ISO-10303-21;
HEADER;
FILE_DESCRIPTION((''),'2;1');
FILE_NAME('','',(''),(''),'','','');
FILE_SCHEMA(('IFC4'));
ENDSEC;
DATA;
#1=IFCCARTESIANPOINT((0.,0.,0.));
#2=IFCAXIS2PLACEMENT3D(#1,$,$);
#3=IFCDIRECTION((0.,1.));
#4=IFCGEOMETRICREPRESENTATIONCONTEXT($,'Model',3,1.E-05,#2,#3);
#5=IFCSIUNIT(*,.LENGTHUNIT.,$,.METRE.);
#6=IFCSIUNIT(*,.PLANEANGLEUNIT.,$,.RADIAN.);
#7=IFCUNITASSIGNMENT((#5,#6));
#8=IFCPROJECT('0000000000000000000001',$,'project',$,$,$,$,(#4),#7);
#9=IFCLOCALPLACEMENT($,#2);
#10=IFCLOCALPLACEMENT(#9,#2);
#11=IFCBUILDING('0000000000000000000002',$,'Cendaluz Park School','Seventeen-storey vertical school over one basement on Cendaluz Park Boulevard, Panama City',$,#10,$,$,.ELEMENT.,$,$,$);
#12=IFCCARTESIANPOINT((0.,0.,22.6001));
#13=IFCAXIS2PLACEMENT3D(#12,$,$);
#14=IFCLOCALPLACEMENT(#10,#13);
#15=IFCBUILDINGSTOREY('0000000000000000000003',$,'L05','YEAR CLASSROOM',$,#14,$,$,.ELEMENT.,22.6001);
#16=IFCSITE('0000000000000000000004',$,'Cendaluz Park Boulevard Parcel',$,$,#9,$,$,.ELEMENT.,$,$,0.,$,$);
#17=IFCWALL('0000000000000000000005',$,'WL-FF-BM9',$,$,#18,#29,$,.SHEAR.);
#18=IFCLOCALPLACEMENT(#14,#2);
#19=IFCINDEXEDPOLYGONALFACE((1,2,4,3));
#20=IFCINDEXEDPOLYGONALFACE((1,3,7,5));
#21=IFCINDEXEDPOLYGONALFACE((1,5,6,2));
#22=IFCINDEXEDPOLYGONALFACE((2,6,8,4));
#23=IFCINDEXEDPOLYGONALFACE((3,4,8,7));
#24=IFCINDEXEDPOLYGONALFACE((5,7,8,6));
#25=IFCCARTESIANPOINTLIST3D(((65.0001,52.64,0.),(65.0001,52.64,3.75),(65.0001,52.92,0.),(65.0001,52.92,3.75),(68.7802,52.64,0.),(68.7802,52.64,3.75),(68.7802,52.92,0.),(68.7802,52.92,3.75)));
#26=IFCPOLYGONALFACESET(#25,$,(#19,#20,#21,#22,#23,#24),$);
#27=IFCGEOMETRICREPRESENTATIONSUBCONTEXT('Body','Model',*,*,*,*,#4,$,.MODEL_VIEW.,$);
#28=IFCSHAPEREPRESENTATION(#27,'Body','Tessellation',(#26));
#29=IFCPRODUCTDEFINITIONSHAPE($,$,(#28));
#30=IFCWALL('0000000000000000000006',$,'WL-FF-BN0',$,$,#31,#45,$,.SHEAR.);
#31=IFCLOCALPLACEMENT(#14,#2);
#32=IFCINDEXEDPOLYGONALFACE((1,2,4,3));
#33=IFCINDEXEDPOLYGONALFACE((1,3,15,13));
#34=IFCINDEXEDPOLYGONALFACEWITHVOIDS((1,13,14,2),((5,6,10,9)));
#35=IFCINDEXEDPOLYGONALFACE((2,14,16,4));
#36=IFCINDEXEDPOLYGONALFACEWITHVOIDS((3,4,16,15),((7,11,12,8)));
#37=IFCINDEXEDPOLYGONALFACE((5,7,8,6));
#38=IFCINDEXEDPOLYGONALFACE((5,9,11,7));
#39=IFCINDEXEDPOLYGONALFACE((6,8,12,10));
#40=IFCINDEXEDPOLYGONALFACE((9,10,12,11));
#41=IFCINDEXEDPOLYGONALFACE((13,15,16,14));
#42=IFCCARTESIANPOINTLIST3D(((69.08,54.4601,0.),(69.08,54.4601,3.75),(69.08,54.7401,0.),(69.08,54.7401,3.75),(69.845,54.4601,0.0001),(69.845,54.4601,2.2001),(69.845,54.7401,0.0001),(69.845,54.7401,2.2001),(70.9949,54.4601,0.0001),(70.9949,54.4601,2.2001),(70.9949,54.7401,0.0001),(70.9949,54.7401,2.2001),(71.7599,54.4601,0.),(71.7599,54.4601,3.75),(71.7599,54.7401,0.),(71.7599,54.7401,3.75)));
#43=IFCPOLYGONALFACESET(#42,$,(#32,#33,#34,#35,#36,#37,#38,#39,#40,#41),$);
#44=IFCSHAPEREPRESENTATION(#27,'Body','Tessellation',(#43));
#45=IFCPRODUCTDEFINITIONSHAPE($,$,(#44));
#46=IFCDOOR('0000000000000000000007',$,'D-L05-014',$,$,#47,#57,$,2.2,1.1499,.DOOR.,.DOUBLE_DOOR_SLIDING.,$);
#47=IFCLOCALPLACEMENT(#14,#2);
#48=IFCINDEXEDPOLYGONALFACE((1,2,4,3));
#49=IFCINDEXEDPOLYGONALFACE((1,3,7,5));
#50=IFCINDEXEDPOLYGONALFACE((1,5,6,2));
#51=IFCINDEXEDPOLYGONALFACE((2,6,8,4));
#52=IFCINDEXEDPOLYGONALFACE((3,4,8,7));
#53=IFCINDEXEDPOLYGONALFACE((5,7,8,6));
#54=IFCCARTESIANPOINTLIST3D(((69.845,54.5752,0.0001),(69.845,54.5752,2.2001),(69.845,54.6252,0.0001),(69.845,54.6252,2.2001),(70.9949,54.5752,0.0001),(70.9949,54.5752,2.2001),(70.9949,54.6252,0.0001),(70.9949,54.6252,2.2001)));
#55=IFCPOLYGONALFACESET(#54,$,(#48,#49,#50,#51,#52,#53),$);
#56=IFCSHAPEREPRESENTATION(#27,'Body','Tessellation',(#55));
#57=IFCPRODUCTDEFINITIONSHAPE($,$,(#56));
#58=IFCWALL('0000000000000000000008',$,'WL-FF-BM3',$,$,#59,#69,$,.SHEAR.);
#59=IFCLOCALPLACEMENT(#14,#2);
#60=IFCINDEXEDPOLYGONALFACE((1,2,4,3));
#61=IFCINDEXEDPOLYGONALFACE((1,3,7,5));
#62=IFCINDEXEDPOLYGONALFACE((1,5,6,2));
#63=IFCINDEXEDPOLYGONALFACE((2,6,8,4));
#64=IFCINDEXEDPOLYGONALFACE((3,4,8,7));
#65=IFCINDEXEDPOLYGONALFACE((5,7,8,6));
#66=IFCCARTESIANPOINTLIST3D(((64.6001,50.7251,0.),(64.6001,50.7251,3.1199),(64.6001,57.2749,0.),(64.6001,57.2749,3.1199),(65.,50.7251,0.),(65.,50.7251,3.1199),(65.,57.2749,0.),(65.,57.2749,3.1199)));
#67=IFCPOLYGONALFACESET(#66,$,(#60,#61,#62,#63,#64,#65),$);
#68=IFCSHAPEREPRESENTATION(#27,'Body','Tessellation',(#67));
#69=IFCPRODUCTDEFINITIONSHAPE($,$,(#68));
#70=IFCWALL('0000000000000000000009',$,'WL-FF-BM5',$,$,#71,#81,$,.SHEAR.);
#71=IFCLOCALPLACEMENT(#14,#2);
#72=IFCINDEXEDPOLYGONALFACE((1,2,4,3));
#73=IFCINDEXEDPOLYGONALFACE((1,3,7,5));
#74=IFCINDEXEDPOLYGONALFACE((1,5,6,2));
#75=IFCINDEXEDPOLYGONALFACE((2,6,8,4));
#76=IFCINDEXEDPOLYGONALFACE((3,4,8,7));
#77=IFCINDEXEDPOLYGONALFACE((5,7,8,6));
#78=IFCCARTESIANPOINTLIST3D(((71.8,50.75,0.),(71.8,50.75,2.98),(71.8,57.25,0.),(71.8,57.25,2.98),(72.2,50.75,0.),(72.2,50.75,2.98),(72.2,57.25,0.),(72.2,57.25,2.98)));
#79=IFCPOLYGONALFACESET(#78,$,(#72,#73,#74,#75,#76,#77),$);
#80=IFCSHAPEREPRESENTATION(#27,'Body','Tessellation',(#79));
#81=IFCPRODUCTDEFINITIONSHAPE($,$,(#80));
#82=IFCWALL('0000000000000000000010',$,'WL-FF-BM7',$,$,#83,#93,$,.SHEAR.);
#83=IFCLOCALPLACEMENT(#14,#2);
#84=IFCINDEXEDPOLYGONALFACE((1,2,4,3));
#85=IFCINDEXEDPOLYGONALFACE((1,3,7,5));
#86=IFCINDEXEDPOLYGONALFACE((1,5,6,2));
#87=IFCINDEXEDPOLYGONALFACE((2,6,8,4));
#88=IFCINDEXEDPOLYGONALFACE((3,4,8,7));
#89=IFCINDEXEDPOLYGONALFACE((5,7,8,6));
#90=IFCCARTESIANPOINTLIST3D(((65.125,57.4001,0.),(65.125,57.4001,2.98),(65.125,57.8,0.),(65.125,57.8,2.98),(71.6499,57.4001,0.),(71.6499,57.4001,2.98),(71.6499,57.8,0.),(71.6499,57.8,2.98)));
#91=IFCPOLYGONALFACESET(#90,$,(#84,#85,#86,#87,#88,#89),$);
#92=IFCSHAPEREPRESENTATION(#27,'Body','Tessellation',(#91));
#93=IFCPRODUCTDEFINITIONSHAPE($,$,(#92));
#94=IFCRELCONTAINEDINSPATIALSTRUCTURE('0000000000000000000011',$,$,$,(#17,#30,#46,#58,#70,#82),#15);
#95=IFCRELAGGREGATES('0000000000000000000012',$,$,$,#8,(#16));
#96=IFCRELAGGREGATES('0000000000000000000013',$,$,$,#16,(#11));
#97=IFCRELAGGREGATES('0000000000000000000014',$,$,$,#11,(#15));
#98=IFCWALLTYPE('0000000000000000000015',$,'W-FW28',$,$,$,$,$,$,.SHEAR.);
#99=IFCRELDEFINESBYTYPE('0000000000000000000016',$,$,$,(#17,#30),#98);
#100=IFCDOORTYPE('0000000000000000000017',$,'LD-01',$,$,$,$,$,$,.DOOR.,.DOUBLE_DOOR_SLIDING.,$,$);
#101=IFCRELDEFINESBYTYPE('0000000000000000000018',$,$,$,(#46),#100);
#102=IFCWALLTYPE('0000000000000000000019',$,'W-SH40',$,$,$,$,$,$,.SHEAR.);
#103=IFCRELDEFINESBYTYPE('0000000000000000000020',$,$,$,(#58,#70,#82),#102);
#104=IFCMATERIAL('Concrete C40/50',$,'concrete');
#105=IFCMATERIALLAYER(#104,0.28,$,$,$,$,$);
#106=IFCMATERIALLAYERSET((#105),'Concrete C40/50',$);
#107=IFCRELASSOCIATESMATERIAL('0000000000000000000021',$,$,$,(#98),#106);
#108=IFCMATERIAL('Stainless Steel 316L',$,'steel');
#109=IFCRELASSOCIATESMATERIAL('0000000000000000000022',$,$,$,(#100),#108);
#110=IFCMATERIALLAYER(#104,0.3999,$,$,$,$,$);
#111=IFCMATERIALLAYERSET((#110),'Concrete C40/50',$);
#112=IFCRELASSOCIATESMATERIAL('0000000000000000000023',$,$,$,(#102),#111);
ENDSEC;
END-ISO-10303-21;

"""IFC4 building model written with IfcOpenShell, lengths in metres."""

from ifc_helpers import new_model, si_unit, direction, frame, frame_2d, origin, place, context, subcontext, project, spatial, rectangle, extrude, material, layer, layer_set, type_object, element, fill, save


model = new_model("IFC4")

# Units and contexts
model_context = context("Model", 3, precision=1e-05, world=origin(), true_north=direction((0.0, 1.0)))
body_context = subcontext(model_context, "Body", "Model", "MODEL_VIEW")
ifc_project = project(units=[si_unit("LENGTHUNIT", "METRE"), si_unit("PLANEANGLEUNIT", "RADIAN")], contexts=[model_context])

# Site, building, storey
site_placement = place(None, origin())
site = spatial("IfcSite", under=ifc_project, at=site_placement, Name="Cendaluz Park Boulevard Parcel", CompositionType="ELEMENT", RefElevation=0.0)
building_placement = place(site_placement, origin())
building = spatial("IfcBuilding", under=site, at=building_placement, Name="Cendaluz Park School", Description="Seventeen-storey vertical school over one basement on Cendaluz Park Boulevard, Panama City", CompositionType="ELEMENT")
storey_placement = place(building_placement, frame((0.0, 0.0, 22.6001)))
storey = spatial("IfcBuildingStorey", under=building, at=storey_placement, Name="L05", Description="YEAR CLASSROOM", CompositionType="ELEMENT", Elevation=22.6001)

# Shared definitions
ifc_material_1 = material(Name="Concrete C40/50", Category="concrete")

# Wall
ifc_layer_1 = layer(ifc_material_1, 0.28)
ifc_layer_set_1 = layer_set([ifc_layer_1], Name="Concrete C40/50")
wall_type_1 = type_object("IfcWallType", Name="W-FW28", PredefinedType="SHEAR", material=ifc_layer_set_1)
wall_1_placement = place(storey_placement, frame((65.0, 52.78, 0.0), z_axis=(0.0, 0.0, 1.0), x_axis=(1.0, 0.0, 0.0)))
element("IfcWall", 1, at=wall_1_placement, inside=storey, type_object=wall_type_1, Name="WL-FF-BM9", PredefinedType="SHEAR", context=body_context, shape_type="SweptSolid", body=[
    extrude(rectangle(XDim=3.78, YDim=0.28, at=frame_2d((1.8901, 0.0))), origin(), (0.0, 0.0, 1.0), 3.75),
])

# Wall, opening, door
wall_2_placement = place(storey_placement, frame((69.0801, 54.6001, 0.0), z_axis=(0.0, 0.0, 1.0), x_axis=(1.0, 0.0, 0.0)))
wall_2 = element("IfcWall", 2, at=wall_2_placement, inside=storey, type_object=wall_type_1, Name="WL-FF-BN0", PredefinedType="SHEAR", context=body_context, shape_type="SweptSolid", body=[
    extrude(rectangle(XDim=2.6799, YDim=0.28, at=frame_2d((1.3398, 0.0))), origin(), (0.0, 0.0, 1.0), 3.75),
])
opening_1_placement = place(wall_2_placement, frame((0.7649, 0.0, 0.0)))
opening_1 = element("IfcOpeningElement", 3, at=opening_1_placement, cuts=wall_2, PredefinedType="OPENING", context=body_context, shape_type="SweptSolid", body=[
    extrude(rectangle(XDim=1.1499, YDim=2.2, at=frame_2d((0.575, 1.1001))), frame((0.0, 0.1521, 0.0), z_axis=(0.0, -1.0, 0.0), x_axis=(1.0, 0.0, 0.0)), (0.0, 0.0, 1.0), 0.304),
])
ifc_material_2 = material(Name="Stainless Steel 316L", Category="steel")
door_type_1 = type_object("IfcDoorType", Name="LD-01", OperationType="DOUBLE_DOOR_SLIDING", PredefinedType="DOOR", material=ifc_material_2)
door_1_placement = place(opening_1_placement, frame((1.1499, 0.0, 0.0), z_axis=(0.0, 0.0, 1.0), x_axis=(-1.0, 0.0, 0.0)))
door_1 = element("IfcDoor", 4, at=door_1_placement, inside=storey, type_object=door_type_1, Name="D-L05-014", OperationType="DOUBLE_DOOR_SLIDING", OverallHeight=2.2, OverallWidth=1.1499, PredefinedType="DOOR", context=body_context, shape_type="SweptSolid", body=[
    extrude(rectangle(XDim=1.1499, YDim=2.2, at=frame_2d((0.575, 1.1001))), frame((0.0, 0.0249, 0.0), z_axis=(0.0, -1.0, 0.0), x_axis=(1.0, 0.0, 0.0)), (0.0, 0.0, 1.0), 0.05),
])
fill(opening_1, door_1)

# Walls
ifc_layer_2 = layer(ifc_material_1, 0.3999)
ifc_layer_set_2 = layer_set([ifc_layer_2], Name="Concrete C40/50")
wall_type_2 = type_object("IfcWallType", Name="W-SH40", PredefinedType="SHEAR", material=ifc_layer_set_2)
wall_3_placement = place(storey_placement, frame((64.8, 50.7251, 0.0), z_axis=(0.0, 0.0, 1.0), x_axis=(0.0, 1.0, 0.0)))
element("IfcWall", 5, at=wall_3_placement, inside=storey, type_object=wall_type_2, Name="WL-FF-BM3", PredefinedType="SHEAR", context=body_context, shape_type="SweptSolid", body=[
    extrude(rectangle(XDim=6.5498, YDim=0.3999, at=frame_2d((3.2749, 0.0))), origin(), (0.0, 0.0, 1.0), 3.1199),
])
wall_4_placement = place(storey_placement, frame((72.0, 50.75, 0.0), z_axis=(0.0, 0.0, 1.0), x_axis=(0.0, 1.0, 0.0)))
element("IfcWall", 6, at=wall_4_placement, inside=storey, type_object=wall_type_2, Name="WL-FF-BM5", PredefinedType="SHEAR", context=body_context, shape_type="SweptSolid", body=[
    extrude(rectangle(XDim=6.5, YDim=0.3999, at=frame_2d((3.25, 0.0))), origin(), (0.0, 0.0, 1.0), 2.98),
])
wall_5_placement = place(storey_placement, frame((65.125, 57.6001, 0.0), z_axis=(0.0, 0.0, 1.0), x_axis=(1.0, 0.0, 0.0)))
element("IfcWall", 7, at=wall_5_placement, inside=storey, type_object=wall_type_2, Name="WL-FF-BM7", PredefinedType="SHEAR", context=body_context, shape_type="SweptSolid", body=[
    extrude(rectangle(XDim=6.5249, YDim=0.3999, at=frame_2d((3.2625, 0.0))), origin(), (0.0, 0.0, 1.0), 2.98),
])

save(model, "model.ifc")
